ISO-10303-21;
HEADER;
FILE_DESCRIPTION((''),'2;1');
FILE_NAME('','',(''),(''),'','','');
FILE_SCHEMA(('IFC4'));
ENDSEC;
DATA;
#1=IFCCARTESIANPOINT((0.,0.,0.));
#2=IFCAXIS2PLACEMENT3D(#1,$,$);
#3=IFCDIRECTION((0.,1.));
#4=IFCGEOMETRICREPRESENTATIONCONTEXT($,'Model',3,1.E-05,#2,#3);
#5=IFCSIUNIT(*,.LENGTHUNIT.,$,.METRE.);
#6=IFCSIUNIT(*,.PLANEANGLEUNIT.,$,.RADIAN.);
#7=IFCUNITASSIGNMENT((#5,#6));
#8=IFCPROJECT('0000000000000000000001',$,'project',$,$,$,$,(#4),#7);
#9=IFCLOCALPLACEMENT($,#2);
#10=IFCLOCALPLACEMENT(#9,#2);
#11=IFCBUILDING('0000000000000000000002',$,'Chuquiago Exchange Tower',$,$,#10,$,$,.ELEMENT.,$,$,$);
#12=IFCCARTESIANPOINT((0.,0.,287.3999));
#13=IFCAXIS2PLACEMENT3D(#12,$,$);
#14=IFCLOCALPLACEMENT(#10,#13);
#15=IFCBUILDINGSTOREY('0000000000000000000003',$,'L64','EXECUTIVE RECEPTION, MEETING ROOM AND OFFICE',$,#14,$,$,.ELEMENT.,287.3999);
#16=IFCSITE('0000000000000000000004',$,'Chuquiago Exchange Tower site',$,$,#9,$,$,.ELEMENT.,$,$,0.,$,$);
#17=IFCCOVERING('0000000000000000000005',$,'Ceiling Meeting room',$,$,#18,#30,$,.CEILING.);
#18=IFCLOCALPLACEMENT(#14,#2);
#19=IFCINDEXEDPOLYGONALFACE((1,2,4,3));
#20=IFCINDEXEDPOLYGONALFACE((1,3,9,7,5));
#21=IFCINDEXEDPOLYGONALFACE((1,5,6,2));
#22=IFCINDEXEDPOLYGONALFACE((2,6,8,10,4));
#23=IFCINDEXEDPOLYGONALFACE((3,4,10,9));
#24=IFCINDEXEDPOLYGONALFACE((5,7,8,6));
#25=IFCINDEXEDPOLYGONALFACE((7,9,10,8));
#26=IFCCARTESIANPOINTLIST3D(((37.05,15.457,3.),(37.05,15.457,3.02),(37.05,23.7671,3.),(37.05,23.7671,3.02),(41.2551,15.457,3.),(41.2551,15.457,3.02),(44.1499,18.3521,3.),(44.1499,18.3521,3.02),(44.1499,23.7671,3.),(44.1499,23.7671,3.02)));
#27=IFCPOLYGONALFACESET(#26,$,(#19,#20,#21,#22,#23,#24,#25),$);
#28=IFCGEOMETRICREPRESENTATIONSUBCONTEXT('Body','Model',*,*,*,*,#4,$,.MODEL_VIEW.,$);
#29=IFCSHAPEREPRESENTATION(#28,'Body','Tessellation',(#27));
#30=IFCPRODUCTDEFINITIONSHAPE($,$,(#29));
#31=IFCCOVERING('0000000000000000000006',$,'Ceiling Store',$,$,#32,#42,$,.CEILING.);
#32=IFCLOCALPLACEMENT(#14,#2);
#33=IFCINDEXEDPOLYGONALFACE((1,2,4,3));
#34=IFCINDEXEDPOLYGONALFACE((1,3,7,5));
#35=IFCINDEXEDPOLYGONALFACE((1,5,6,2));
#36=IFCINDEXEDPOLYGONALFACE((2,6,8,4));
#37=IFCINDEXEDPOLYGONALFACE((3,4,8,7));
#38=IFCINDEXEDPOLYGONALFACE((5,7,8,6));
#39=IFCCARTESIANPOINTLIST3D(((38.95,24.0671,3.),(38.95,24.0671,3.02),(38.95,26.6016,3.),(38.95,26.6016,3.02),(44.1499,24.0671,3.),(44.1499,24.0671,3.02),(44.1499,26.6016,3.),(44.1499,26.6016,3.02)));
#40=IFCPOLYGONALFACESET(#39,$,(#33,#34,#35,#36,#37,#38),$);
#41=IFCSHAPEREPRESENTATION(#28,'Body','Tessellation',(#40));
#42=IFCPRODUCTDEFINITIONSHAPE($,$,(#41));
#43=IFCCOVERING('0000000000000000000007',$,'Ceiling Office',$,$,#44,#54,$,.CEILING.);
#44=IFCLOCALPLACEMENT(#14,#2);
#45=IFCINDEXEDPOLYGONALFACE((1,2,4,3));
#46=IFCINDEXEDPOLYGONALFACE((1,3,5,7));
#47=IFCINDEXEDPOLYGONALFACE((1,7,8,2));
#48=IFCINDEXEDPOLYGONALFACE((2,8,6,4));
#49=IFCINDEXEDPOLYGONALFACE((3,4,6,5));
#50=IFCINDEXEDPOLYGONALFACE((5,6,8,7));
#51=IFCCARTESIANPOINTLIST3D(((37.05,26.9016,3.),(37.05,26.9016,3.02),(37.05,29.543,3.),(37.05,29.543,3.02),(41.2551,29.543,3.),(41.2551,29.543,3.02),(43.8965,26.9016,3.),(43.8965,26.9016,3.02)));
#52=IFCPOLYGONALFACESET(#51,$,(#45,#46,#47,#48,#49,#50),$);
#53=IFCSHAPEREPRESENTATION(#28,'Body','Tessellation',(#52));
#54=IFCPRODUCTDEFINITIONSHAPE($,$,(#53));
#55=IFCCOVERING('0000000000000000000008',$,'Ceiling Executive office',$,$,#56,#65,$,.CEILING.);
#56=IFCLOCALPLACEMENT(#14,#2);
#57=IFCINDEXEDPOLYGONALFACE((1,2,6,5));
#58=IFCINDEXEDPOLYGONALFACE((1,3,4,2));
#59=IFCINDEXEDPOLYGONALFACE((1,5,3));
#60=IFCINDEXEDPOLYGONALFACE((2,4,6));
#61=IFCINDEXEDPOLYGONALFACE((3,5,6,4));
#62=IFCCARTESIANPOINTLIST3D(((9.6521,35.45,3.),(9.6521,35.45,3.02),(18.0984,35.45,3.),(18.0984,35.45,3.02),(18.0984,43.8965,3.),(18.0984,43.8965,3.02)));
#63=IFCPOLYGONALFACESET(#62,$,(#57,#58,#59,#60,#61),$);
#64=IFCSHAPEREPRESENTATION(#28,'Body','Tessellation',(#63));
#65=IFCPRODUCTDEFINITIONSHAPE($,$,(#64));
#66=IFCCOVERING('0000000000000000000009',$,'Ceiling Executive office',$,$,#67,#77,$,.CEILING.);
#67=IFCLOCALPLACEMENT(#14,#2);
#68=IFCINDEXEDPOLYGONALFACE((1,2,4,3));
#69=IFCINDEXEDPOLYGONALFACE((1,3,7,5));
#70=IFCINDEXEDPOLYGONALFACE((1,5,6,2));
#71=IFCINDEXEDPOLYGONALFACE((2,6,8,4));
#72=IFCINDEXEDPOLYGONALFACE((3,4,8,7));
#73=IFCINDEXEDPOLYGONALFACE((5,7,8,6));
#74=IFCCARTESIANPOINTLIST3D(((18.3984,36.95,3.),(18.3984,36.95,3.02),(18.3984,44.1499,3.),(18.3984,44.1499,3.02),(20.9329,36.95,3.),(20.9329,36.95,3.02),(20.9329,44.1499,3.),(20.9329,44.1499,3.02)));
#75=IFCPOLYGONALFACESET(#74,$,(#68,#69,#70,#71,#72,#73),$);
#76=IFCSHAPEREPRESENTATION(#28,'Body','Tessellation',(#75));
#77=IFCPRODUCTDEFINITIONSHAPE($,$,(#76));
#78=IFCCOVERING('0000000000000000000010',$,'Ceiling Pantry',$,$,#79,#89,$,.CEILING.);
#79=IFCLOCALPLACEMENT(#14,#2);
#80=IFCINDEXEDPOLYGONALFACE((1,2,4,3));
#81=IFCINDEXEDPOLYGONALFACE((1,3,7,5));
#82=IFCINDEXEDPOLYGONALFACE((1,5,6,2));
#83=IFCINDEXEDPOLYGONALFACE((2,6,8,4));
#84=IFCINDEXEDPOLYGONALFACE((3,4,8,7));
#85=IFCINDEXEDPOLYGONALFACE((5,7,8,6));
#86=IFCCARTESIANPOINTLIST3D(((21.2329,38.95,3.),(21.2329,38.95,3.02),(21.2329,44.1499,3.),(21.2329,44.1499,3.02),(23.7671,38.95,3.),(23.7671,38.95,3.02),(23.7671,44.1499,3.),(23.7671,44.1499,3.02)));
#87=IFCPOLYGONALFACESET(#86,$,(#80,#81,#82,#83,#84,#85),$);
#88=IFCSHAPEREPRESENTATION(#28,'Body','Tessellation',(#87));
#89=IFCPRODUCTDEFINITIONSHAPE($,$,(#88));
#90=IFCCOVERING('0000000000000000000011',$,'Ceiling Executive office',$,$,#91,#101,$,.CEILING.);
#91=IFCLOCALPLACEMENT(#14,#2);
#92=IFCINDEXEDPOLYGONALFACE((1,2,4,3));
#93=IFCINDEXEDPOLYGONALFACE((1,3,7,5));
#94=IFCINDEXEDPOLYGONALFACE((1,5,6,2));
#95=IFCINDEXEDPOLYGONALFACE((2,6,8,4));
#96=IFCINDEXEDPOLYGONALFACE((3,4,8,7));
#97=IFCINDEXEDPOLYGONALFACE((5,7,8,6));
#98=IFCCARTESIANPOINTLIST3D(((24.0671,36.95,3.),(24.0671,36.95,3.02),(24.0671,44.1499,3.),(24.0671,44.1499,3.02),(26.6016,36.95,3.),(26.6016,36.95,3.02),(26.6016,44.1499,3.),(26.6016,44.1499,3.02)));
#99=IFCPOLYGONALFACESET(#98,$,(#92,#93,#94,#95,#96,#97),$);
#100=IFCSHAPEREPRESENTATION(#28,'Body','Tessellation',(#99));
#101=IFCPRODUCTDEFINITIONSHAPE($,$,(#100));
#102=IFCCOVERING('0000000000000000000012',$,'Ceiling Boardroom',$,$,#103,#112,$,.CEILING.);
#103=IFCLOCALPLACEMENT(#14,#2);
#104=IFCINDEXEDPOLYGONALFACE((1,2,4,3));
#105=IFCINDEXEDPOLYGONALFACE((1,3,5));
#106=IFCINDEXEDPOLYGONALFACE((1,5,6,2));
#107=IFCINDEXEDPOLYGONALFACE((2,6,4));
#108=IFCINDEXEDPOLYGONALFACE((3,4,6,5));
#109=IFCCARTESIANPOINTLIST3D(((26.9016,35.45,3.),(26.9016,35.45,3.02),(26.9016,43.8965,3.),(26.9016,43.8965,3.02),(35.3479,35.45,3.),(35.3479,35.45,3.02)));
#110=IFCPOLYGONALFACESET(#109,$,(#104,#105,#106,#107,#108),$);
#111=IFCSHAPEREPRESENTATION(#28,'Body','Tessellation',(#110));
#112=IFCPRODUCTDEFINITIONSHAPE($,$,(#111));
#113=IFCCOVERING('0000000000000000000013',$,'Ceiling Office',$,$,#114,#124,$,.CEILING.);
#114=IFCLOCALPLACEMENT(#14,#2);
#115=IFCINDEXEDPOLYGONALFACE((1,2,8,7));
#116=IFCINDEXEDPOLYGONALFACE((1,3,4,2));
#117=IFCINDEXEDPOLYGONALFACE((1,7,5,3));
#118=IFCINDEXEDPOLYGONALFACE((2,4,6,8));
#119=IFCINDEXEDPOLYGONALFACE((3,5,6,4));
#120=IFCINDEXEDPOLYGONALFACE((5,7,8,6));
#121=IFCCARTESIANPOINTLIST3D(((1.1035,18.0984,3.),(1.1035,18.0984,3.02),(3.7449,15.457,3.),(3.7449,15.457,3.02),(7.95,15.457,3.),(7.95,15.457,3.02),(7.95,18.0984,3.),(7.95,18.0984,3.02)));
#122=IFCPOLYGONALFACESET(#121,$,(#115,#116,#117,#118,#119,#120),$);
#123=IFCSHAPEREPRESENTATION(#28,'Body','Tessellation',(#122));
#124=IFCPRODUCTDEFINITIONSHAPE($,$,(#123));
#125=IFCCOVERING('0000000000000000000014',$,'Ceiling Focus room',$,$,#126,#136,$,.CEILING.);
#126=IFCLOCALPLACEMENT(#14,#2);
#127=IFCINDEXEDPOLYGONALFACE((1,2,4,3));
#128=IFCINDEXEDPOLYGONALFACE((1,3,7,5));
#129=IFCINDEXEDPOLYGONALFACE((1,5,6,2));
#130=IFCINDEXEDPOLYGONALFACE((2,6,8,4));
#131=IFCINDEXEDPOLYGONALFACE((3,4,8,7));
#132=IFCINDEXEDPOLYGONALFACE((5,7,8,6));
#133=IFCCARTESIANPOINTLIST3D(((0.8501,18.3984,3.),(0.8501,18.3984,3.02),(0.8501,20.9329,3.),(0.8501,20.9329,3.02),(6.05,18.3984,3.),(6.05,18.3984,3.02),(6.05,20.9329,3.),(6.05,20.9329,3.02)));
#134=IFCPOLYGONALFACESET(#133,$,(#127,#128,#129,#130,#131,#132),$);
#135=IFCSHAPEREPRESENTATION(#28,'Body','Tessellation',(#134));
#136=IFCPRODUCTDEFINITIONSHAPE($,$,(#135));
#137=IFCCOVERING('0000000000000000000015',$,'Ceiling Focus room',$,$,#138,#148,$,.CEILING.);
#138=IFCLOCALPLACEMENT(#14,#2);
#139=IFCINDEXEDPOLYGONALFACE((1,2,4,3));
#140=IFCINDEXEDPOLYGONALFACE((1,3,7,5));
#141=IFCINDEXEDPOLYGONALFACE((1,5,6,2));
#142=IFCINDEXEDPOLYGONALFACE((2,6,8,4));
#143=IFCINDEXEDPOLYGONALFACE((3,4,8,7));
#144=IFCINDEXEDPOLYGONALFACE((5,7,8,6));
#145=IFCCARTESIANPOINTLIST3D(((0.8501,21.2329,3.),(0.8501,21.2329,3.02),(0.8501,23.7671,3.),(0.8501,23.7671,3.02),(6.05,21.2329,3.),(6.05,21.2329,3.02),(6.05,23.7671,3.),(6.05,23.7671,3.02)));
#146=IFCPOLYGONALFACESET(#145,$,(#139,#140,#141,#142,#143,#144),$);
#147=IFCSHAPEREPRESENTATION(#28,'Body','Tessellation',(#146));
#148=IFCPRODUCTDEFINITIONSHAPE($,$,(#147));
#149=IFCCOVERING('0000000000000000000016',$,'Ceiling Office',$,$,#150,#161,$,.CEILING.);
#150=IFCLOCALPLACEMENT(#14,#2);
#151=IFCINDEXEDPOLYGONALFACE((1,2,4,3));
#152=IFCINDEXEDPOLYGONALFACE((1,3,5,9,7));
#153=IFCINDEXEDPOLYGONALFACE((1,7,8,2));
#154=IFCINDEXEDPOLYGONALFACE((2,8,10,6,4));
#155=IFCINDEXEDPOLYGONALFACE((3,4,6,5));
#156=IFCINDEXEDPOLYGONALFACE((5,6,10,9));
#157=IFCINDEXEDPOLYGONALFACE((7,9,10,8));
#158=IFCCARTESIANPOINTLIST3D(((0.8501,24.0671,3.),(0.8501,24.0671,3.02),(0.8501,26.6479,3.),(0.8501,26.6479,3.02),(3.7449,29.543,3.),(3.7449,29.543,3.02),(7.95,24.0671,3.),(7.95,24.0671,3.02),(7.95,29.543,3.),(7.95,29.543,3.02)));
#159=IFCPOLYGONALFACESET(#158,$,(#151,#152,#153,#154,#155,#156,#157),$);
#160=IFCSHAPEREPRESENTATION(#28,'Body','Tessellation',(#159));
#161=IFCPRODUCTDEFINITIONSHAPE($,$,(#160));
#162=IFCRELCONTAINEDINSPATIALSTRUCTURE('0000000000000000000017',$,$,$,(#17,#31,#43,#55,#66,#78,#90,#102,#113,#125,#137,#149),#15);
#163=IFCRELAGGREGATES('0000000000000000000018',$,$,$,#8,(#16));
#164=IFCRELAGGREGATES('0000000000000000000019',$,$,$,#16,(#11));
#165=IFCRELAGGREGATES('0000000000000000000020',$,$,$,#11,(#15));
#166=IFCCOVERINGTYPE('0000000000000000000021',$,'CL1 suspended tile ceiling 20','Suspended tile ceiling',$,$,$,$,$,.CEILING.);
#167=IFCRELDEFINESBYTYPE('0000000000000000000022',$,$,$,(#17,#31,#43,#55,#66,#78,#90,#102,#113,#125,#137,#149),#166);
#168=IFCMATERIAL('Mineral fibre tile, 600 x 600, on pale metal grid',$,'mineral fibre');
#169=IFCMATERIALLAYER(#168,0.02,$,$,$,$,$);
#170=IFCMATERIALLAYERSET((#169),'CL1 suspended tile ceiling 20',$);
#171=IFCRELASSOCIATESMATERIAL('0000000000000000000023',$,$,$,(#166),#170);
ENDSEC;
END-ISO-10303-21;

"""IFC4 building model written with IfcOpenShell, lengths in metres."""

from ifc_helpers import new_model, si_unit, direction, frame, origin, place, context, subcontext, project, spatial, polyline, outline, extrude, material, layer, layer_set, type_object, element, save


model = new_model("IFC4")

# Units and contexts
model_context = context("Model", 3, precision=1e-05, world=origin(), true_north=direction((0.0, 1.0)))
body_context = subcontext(model_context, "Body", "Model", "MODEL_VIEW")
ifc_project = project(units=[si_unit("LENGTHUNIT", "METRE"), si_unit("PLANEANGLEUNIT", "RADIAN")], contexts=[model_context])

# Site, building, storey
site_placement = place(None, origin())
site = spatial("IfcSite", under=ifc_project, at=site_placement, Name="Chuquiago Exchange Tower site", CompositionType="ELEMENT", RefElevation=0.0)
building_placement = place(site_placement, origin())
building = spatial("IfcBuilding", under=site, at=building_placement, Name="Chuquiago Exchange Tower", CompositionType="ELEMENT")
storey_placement = place(building_placement, frame((0.0, 0.0, 287.3999)))
storey = spatial("IfcBuildingStorey", under=building, at=storey_placement, Name="L64", Description="EXECUTIVE RECEPTION, MEETING ROOM AND OFFICE", CompositionType="ELEMENT", Elevation=287.3999)

# Coverings
ifc_material_1 = material(Name="Mineral fibre tile, 600 x 600, on pale metal grid", Category="mineral fibre")
ifc_layer_1 = layer(ifc_material_1, 0.02)
ifc_layer_set_1 = layer_set([ifc_layer_1], Name="CL1 suspended tile ceiling 20")
covering_type_1 = type_object("IfcCoveringType", Name="CL1 suspended tile ceiling 20", Description="Suspended tile ceiling", PredefinedType="CEILING", material=ifc_layer_set_1)
covering_1_placement = place(storey_placement, frame((0.0, 0.0, 3.0)))
element("IfcCovering", 1, at=covering_1_placement, inside=storey, type_object=covering_type_1, Name="Ceiling Meeting room", PredefinedType="CEILING", context=body_context, shape_type="SweptSolid", body=[
    extrude(outline(polyline([(41.2551, 15.457), (37.05, 15.457), (37.05, 23.7671), (44.1499, 23.7671), (44.1499, 18.3521), (41.2551, 15.457)])), origin(), (0.0, 0.0, 1.0), 0.02),
])
covering_2_placement = place(storey_placement, frame((0.0, 0.0, 3.0)))
element("IfcCovering", 2, at=covering_2_placement, inside=storey, type_object=covering_type_1, Name="Ceiling Store", PredefinedType="CEILING", context=body_context, shape_type="SweptSolid", body=[
    extrude(outline(polyline([(44.1499, 24.0671), (38.95, 24.0671), (38.95, 26.6016), (44.1499, 26.6016), (44.1499, 24.0671)])), origin(), (0.0, 0.0, 1.0), 0.02),
])
covering_3_placement = place(storey_placement, frame((0.0, 0.0, 3.0)))
element("IfcCovering", 3, at=covering_3_placement, inside=storey, type_object=covering_type_1, Name="Ceiling Office", PredefinedType="CEILING", context=body_context, shape_type="SweptSolid", body=[
    extrude(outline(polyline([(37.05, 26.9016), (37.05, 29.543), (41.2551, 29.543), (43.8965, 26.9016), (37.05, 26.9016)])), origin(), (0.0, 0.0, 1.0), 0.02),
])
covering_4_placement = place(storey_placement, frame((0.0, 0.0, 3.0)))
element("IfcCovering", 4, at=covering_4_placement, inside=storey, type_object=covering_type_1, Name="Ceiling Executive office", PredefinedType="CEILING", context=body_context, shape_type="SweptSolid", body=[
    extrude(outline(polyline([(18.0984, 43.8965), (18.0984, 35.45), (9.6521, 35.45), (18.0984, 43.8965)])), origin(), (0.0, 0.0, 1.0), 0.02),
])
covering_5_placement = place(storey_placement, frame((0.0, 0.0, 3.0)))
element("IfcCovering", 5, at=covering_5_placement, inside=storey, type_object=covering_type_1, Name="Ceiling Executive office", PredefinedType="CEILING", context=body_context, shape_type="SweptSolid", body=[
    extrude(outline(polyline([(20.9329, 44.1499), (20.9329, 36.95), (18.3984, 36.95), (18.3984, 44.1499), (20.9329, 44.1499)])), origin(), (0.0, 0.0, 1.0), 0.02),
])
covering_6_placement = place(storey_placement, frame((0.0, 0.0, 3.0)))
element("IfcCovering", 6, at=covering_6_placement, inside=storey, type_object=covering_type_1, Name="Ceiling Pantry", PredefinedType="CEILING", context=body_context, shape_type="SweptSolid", body=[
    extrude(outline(polyline([(23.7671, 38.95), (21.2329, 38.95), (21.2329, 44.1499), (23.7671, 44.1499), (23.7671, 38.95)])), origin(), (0.0, 0.0, 1.0), 0.02),
])
covering_7_placement = place(storey_placement, frame((0.0, 0.0, 3.0)))
element("IfcCovering", 7, at=covering_7_placement, inside=storey, type_object=covering_type_1, Name="Ceiling Executive office", PredefinedType="CEILING", context=body_context, shape_type="SweptSolid", body=[
    extrude(outline(polyline([(26.6016, 36.95), (24.0671, 36.95), (24.0671, 44.1499), (26.6016, 44.1499), (26.6016, 36.95)])), origin(), (0.0, 0.0, 1.0), 0.02),
])
covering_8_placement = place(storey_placement, frame((0.0, 0.0, 3.0)))
element("IfcCovering", 8, at=covering_8_placement, inside=storey, type_object=covering_type_1, Name="Ceiling Boardroom", PredefinedType="CEILING", context=body_context, shape_type="SweptSolid", body=[
    extrude(outline(polyline([(26.9016, 35.45), (26.9016, 43.8965), (35.3479, 35.45), (26.9016, 35.45)])), origin(), (0.0, 0.0, 1.0), 0.02),
])
covering_9_placement = place(storey_placement, frame((0.0, 0.0, 3.0)))
element("IfcCovering", 9, at=covering_9_placement, inside=storey, type_object=covering_type_1, Name="Ceiling Office", PredefinedType="CEILING", context=body_context, shape_type="SweptSolid", body=[
    extrude(outline(polyline([(7.95, 18.0984), (7.95, 15.457), (3.7449, 15.457), (1.1035, 18.0984), (7.95, 18.0984)])), origin(), (0.0, 0.0, 1.0), 0.02),
])
covering_10_placement = place(storey_placement, frame((0.0, 0.0, 3.0)))
element("IfcCovering", 10, at=covering_10_placement, inside=storey, type_object=covering_type_1, Name="Ceiling Focus room", PredefinedType="CEILING", context=body_context, shape_type="SweptSolid", body=[
    extrude(outline(polyline([(0.8501, 20.9329), (6.05, 20.9329), (6.05, 18.3984), (0.8501, 18.3984), (0.8501, 20.9329)])), origin(), (0.0, 0.0, 1.0), 0.02),
])
covering_11_placement = place(storey_placement, frame((0.0, 0.0, 3.0)))
element("IfcCovering", 11, at=covering_11_placement, inside=storey, type_object=covering_type_1, Name="Ceiling Focus room", PredefinedType="CEILING", context=body_context, shape_type="SweptSolid", body=[
    extrude(outline(polyline([(6.05, 23.7671), (6.05, 21.2329), (0.8501, 21.2329), (0.8501, 23.7671), (6.05, 23.7671)])), origin(), (0.0, 0.0, 1.0), 0.02),
])
covering_12_placement = place(storey_placement, frame((0.0, 0.0, 3.0)))
element("IfcCovering", 12, at=covering_12_placement, inside=storey, type_object=covering_type_1, Name="Ceiling Office", PredefinedType="CEILING", context=body_context, shape_type="SweptSolid", body=[
    extrude(outline(polyline([(3.7449, 29.543), (7.95, 29.543), (7.95, 24.0671), (0.8501, 24.0671), (0.8501, 26.6479), (3.7449, 29.543)])), origin(), (0.0, 0.0, 1.0), 0.02),
])

save(model, "model.ifc")
